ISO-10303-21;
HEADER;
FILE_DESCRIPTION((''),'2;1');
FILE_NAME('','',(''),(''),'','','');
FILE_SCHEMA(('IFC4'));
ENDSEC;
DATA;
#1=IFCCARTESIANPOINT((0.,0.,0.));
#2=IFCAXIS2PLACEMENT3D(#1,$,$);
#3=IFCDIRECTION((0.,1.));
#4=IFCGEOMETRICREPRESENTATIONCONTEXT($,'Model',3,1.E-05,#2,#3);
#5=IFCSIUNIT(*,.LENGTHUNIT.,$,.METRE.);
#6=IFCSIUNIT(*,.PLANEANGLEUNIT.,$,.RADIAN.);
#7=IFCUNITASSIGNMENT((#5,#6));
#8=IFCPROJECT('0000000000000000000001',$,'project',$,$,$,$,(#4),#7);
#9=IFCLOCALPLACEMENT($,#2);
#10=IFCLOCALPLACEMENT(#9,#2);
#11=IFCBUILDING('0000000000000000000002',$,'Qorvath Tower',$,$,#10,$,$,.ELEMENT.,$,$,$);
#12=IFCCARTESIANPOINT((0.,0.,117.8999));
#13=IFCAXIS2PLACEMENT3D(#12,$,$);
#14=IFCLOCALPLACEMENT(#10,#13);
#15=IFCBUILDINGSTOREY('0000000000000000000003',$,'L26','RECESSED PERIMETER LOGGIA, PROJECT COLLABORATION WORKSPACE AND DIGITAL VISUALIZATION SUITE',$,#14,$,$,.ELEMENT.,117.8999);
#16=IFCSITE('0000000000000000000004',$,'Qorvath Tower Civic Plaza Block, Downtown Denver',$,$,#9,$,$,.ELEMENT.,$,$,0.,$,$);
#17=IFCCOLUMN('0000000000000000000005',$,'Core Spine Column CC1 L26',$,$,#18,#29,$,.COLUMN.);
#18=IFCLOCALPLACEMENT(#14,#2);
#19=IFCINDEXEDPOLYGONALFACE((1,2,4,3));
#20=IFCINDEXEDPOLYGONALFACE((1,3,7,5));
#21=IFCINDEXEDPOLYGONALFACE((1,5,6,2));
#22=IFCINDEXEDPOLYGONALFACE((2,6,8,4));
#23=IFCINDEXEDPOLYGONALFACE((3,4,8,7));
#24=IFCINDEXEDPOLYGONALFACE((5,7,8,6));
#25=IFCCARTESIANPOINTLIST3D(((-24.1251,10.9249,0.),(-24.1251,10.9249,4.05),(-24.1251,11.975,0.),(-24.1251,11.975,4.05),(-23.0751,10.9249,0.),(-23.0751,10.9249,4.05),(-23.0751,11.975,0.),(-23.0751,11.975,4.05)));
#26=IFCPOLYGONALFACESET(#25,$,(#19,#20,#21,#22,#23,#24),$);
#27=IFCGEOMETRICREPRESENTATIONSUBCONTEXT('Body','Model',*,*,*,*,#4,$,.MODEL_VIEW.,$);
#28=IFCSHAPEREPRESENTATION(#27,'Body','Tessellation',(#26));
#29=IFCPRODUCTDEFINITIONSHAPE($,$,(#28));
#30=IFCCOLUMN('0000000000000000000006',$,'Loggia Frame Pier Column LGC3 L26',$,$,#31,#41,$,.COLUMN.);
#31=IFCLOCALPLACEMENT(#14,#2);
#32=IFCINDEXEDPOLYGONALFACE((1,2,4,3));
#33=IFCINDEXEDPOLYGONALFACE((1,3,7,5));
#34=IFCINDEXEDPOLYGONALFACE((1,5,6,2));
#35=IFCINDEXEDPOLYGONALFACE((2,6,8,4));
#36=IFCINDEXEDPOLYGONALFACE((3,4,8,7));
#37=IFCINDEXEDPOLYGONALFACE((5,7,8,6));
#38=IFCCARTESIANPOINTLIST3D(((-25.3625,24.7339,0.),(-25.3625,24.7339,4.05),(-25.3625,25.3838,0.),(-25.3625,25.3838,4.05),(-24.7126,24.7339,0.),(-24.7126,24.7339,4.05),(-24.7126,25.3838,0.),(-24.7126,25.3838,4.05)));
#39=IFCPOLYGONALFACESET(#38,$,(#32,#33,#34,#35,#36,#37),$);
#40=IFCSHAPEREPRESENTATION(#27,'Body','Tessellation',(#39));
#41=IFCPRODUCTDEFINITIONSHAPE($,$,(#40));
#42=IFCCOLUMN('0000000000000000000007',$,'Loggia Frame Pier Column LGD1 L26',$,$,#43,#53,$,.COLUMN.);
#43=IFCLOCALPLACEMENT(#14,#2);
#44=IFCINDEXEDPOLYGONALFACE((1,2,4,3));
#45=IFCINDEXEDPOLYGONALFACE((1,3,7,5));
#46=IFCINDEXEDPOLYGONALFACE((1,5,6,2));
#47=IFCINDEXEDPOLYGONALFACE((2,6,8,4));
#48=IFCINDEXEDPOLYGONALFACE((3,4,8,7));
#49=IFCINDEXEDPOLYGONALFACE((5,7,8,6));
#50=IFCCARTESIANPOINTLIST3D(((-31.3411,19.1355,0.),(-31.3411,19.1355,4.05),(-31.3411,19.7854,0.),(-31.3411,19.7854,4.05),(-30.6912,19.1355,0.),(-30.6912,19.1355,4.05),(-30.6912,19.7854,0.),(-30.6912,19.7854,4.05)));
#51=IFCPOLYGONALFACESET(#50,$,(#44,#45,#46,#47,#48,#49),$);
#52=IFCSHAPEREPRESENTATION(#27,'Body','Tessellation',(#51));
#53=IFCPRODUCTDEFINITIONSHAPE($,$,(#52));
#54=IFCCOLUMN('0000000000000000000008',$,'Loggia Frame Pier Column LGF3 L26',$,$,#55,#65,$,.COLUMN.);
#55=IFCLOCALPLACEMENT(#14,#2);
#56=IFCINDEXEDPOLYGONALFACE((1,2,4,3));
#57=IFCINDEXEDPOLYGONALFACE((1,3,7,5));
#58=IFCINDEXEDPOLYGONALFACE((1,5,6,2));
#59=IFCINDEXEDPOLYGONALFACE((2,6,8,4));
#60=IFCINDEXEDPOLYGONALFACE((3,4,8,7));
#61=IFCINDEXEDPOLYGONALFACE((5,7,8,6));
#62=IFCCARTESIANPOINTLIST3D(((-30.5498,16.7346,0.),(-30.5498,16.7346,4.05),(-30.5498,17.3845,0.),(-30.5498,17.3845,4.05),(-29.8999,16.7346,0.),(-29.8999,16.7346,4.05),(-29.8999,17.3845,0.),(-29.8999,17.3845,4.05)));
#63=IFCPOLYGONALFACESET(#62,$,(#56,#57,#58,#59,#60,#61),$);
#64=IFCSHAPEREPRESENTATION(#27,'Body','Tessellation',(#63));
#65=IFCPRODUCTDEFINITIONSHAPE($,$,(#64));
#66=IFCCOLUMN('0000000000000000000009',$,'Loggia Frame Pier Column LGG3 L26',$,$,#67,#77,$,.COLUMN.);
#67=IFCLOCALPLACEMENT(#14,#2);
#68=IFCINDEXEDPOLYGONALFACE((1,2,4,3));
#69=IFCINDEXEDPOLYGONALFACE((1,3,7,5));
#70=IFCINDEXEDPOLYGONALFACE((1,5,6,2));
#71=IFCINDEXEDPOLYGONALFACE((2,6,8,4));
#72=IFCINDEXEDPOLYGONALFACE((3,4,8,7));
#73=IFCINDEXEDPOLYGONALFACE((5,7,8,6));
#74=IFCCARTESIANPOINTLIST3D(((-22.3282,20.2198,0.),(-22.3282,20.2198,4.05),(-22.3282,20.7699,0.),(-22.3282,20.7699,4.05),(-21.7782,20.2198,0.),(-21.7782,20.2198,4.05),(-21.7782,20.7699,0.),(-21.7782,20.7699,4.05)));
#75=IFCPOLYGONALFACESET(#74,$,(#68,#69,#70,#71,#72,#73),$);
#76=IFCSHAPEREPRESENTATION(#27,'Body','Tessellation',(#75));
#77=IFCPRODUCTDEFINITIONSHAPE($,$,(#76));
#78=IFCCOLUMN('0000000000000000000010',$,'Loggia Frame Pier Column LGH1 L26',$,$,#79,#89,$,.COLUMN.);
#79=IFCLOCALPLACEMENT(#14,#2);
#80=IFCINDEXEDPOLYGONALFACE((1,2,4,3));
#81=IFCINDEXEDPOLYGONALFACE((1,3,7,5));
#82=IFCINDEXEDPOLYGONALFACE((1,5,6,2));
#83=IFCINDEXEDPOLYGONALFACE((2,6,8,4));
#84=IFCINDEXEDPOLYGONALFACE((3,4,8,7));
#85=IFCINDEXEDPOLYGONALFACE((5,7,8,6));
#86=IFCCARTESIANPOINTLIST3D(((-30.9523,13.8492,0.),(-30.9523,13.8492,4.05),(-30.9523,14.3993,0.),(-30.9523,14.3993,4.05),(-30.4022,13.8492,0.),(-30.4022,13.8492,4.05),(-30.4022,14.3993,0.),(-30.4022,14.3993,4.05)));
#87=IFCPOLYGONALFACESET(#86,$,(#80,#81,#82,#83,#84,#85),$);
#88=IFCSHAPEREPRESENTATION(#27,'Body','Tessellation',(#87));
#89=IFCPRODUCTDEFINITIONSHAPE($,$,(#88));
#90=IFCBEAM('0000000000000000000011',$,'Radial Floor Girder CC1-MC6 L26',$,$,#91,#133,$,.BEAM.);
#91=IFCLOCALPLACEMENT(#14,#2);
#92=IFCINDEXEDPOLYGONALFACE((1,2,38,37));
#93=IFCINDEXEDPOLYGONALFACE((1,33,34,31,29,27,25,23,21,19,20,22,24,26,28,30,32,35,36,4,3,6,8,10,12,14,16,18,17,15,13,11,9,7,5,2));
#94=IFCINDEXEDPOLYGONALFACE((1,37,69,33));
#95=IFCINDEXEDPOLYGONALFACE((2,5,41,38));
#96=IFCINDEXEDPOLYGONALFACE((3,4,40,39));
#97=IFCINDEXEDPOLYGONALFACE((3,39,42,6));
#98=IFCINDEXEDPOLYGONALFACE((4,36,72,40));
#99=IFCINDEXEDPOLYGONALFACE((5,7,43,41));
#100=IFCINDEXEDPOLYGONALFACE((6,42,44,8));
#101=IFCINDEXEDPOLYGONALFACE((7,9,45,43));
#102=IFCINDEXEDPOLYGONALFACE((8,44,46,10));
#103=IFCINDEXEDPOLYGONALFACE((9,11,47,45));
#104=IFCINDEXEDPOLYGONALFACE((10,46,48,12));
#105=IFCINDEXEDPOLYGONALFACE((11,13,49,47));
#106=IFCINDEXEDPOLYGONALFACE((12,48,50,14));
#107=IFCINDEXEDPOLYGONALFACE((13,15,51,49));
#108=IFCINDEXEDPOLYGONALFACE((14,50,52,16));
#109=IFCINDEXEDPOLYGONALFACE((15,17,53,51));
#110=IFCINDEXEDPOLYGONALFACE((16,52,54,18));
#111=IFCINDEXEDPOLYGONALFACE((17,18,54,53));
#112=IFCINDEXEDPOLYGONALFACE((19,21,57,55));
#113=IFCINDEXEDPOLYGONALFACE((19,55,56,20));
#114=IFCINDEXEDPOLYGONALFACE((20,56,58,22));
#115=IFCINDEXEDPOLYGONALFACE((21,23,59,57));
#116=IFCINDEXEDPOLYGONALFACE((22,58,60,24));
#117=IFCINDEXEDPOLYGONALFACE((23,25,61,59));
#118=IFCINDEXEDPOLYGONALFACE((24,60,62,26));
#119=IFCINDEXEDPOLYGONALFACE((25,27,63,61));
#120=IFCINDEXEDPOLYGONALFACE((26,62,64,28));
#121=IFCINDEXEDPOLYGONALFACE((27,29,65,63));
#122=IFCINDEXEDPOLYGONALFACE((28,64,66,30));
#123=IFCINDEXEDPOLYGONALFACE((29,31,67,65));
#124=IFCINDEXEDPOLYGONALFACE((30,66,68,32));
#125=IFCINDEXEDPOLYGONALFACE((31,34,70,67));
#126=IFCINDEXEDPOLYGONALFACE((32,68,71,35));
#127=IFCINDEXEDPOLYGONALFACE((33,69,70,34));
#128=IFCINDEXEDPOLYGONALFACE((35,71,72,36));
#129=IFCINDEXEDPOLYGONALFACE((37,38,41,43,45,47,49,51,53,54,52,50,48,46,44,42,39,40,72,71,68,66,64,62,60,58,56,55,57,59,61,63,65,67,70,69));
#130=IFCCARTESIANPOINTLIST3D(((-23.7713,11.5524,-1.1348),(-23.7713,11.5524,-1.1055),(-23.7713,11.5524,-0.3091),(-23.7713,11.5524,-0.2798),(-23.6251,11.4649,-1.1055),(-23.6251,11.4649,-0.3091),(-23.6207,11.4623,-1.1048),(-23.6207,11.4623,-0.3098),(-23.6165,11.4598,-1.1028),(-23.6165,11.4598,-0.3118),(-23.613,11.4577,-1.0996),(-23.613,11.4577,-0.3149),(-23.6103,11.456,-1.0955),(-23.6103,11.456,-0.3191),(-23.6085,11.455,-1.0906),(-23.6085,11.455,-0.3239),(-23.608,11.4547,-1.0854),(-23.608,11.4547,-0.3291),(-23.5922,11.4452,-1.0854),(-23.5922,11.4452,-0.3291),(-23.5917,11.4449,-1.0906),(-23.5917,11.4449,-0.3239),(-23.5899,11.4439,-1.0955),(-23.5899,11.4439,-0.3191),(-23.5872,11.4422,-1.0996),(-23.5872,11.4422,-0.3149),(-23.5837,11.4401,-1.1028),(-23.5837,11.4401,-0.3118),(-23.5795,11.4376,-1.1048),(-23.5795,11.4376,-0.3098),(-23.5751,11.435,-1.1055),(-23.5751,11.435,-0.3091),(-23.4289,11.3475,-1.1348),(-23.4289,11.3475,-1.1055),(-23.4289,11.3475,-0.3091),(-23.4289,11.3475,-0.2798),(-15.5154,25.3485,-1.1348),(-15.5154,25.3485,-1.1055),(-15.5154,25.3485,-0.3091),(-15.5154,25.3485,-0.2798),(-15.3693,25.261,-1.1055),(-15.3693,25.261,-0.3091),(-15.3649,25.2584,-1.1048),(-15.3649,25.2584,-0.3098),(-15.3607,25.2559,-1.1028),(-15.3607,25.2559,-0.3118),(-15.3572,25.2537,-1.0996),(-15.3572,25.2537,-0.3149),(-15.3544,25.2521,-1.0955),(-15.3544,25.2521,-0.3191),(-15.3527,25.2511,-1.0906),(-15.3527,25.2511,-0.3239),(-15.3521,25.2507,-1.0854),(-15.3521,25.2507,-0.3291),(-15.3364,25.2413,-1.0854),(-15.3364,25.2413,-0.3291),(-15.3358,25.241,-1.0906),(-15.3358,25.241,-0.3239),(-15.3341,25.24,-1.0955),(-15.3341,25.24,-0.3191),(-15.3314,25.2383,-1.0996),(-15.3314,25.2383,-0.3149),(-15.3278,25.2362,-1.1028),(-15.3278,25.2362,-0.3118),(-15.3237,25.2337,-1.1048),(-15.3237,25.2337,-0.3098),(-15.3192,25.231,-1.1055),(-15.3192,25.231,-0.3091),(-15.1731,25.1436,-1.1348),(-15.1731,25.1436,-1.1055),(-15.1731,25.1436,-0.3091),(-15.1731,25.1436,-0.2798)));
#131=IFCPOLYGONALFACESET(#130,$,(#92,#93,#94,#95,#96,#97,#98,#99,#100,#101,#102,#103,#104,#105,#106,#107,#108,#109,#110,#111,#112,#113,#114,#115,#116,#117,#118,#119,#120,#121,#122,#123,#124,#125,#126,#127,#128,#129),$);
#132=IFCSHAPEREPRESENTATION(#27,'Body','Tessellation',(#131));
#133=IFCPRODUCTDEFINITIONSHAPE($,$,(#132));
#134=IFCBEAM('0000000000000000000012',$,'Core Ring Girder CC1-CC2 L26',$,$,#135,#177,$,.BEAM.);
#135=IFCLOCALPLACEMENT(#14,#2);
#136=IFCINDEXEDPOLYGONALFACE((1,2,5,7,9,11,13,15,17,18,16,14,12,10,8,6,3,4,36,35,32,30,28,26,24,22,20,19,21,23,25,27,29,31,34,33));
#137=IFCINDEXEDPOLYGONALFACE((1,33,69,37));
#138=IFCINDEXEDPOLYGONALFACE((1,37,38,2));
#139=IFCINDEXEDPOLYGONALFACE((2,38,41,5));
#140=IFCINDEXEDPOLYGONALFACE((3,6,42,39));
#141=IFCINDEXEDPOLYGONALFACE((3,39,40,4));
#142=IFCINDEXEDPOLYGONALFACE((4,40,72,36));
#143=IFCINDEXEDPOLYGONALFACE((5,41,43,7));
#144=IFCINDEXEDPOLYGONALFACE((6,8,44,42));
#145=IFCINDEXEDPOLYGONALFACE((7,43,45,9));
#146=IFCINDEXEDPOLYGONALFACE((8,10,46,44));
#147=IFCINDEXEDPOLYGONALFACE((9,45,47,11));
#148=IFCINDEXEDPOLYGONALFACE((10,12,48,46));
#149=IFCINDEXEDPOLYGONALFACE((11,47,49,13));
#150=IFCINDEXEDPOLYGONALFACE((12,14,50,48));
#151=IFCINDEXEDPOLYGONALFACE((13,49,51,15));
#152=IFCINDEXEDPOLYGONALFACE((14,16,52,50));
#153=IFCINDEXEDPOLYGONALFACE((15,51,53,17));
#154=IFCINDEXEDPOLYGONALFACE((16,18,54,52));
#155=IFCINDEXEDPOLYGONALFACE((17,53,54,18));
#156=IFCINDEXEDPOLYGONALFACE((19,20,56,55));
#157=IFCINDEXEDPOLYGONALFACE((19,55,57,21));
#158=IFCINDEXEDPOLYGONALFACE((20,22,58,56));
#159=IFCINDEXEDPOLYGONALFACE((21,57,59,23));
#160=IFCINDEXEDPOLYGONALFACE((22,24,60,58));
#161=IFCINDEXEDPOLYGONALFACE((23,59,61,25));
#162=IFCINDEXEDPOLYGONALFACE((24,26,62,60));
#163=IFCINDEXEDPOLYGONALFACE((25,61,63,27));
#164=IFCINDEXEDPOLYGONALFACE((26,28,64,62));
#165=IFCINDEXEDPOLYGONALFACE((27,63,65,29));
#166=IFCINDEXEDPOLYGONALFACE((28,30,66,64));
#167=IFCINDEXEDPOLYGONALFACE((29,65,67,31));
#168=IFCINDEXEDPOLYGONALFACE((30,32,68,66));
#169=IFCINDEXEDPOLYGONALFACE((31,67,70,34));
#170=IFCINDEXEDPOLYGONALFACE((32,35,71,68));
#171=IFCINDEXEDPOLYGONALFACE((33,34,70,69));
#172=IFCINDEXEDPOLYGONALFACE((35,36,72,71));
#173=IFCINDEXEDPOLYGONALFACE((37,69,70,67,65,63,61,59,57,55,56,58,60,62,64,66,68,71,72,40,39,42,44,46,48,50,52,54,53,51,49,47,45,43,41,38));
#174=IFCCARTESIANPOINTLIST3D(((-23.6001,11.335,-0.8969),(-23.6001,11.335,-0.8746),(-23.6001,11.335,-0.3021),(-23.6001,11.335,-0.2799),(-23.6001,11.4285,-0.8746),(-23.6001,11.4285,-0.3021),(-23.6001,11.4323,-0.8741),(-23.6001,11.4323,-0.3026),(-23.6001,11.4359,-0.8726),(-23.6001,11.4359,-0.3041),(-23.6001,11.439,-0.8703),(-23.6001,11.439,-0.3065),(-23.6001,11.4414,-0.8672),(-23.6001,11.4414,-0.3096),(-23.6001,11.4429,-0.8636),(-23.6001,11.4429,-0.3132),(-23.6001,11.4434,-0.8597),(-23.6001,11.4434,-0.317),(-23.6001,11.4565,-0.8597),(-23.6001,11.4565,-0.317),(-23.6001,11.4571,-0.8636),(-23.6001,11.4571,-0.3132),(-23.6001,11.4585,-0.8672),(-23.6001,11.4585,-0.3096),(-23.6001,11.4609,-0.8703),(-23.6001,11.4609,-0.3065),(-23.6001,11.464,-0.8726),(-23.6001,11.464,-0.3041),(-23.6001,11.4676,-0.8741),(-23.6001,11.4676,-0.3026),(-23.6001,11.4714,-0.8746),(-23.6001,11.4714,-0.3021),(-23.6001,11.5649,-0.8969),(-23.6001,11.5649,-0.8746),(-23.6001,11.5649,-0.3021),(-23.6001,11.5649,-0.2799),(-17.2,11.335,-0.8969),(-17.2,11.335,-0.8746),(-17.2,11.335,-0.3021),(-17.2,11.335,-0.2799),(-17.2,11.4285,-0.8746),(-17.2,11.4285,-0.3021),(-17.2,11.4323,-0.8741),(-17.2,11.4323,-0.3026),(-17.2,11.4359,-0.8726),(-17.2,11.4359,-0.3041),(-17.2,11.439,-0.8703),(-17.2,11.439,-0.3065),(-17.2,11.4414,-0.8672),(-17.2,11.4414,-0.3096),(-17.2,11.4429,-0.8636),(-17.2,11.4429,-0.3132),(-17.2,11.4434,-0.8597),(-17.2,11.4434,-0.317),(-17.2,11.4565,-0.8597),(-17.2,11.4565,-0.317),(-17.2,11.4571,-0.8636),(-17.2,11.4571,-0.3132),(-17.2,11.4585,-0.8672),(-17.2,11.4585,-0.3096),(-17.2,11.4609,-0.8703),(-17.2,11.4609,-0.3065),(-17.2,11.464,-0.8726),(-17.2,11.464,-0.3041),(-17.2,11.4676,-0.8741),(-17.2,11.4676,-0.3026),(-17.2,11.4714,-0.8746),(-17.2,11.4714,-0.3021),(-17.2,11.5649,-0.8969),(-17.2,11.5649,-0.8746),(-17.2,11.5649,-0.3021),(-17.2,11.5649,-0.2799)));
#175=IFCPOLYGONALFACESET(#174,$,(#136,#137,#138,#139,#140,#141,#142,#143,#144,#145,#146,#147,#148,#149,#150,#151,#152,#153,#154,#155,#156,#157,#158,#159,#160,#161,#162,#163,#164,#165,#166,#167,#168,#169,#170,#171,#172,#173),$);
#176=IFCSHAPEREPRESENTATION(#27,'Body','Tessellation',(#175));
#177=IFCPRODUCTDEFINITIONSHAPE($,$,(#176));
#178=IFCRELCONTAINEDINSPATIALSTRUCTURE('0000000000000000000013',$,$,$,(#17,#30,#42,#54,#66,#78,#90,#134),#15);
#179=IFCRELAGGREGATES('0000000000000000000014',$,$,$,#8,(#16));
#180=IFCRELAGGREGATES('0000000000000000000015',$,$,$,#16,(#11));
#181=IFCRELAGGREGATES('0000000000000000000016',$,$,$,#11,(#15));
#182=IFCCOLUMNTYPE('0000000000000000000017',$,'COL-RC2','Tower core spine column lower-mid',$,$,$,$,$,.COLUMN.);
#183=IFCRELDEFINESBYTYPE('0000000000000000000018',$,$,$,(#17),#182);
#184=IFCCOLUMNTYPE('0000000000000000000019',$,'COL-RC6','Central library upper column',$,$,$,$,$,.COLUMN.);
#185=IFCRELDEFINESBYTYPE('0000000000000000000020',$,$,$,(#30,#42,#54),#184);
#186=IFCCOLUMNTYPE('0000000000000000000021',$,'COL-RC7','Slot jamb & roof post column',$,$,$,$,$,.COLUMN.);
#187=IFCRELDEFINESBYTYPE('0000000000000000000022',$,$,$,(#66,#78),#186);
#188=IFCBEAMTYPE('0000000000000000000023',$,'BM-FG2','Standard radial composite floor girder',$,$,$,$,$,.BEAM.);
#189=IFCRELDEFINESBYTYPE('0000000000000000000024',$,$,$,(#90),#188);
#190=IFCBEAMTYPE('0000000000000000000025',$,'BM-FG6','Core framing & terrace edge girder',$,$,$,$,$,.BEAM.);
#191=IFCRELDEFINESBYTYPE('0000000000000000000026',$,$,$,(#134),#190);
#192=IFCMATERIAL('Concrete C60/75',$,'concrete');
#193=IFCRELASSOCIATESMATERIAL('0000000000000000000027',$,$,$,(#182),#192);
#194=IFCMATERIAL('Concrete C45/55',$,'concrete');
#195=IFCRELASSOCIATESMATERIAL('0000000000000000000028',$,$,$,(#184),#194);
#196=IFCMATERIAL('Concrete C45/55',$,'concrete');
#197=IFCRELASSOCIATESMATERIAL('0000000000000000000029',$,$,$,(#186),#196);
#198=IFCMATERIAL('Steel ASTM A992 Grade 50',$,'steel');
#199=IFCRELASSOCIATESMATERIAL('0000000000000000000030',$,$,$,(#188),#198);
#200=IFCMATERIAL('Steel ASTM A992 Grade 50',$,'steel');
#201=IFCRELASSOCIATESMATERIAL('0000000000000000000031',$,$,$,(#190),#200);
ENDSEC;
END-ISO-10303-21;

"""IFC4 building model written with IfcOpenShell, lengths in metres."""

from ifc_helpers import new_model, si_unit, direction, frame, origin, origin_2d, place, context, subcontext, project, spatial, rectangle, i_section, extrude, material, material_profile, profile_set, type_object, element, save


model = new_model("IFC4")

# Units and contexts
model_context = context("Model", 3, precision=1e-05, world=origin(), true_north=direction((0.0, 1.0)))
body_context = subcontext(model_context, "Body", "Model", "MODEL_VIEW")
ifc_project = project(units=[si_unit("LENGTHUNIT", "METRE"), si_unit("PLANEANGLEUNIT", "RADIAN")], contexts=[model_context])

# Site, building, storey
site_placement = place(None, origin())
site = spatial("IfcSite", under=ifc_project, at=site_placement, Name="Qorvath Tower Civic Plaza Block, Downtown Denver", CompositionType="ELEMENT", RefElevation=0.0)
building_placement = place(site_placement, origin())
building = spatial("IfcBuilding", under=site, at=building_placement, Name="Qorvath Tower", CompositionType="ELEMENT")
storey_placement = place(building_placement, frame((0.0, 0.0, 117.8999)))
storey = spatial("IfcBuildingStorey", under=building, at=storey_placement, Name="L26", Description="RECESSED PERIMETER LOGGIA, PROJECT COLLABORATION WORKSPACE AND DIGITAL VISUALIZATION SUITE", CompositionType="ELEMENT", Elevation=117.8999)

# Columns
ifc_material_1 = material(Name="Concrete C60/75", Category="concrete")
ifc_material_profile_1 = material_profile(ifc_material_1, rectangle(XDim=1.05, YDim=1.05, at=origin_2d()), Name="RC 1050x1050")
ifc_profile_set_1 = profile_set([ifc_material_profile_1], Name="Concrete C60/75")
column_type_1 = type_object("IfcColumnType", Name="COL-RC2", Description="Tower core spine column lower-mid", PredefinedType="COLUMN", material=ifc_profile_set_1)
column_placement = place(storey_placement, frame((-23.6001, 11.45, 0.0), z_axis=(0.0, 0.0, 1.0), x_axis=(1.0, 0.0, 0.0)))
element("IfcColumn", 1, at=column_placement, inside=storey, type_object=column_type_1, Name="Core Spine Column CC1 L26", PredefinedType="COLUMN", context=body_context, shape_type="SweptSolid", body=[
    extrude(rectangle(XDim=1.05, YDim=1.05, at=origin_2d()), origin(), (0.0, 0.0, 1.0), 4.05),
])
ifc_material_2 = material(Name="Concrete C45/55", Category="concrete")
ifc_material_profile_2 = material_profile(ifc_material_2, rectangle(XDim=0.6499, YDim=0.6499, at=origin_2d()), Name="RC 650x650")
ifc_profile_set_2 = profile_set([ifc_material_profile_2], Name="Concrete C45/55")
column_type_2 = type_object("IfcColumnType", Name="COL-RC6", Description="Central library upper column", PredefinedType="COLUMN", material=ifc_profile_set_2)
for number, where, z_axis, x_axis, name in (
    (2, (-25.0376, 25.0588, 0.0), (0.0, 0.0, 1.0), (1.0, 0.0, 0.0), "Loggia Frame Pier Column LGC3 L26"),
    (3, (-31.0161, 19.4604, 0.0), (0.0, 0.0, 1.0), (1.0, 0.0, 0.0), "Loggia Frame Pier Column LGD1 L26"),
    (4, (-30.2249, 17.0596, 0.0), (0.0, 0.0, 1.0), (1.0, 0.0, 0.0), "Loggia Frame Pier Column LGF3 L26"),
):
    element("IfcColumn", number, at=place(storey_placement, frame(where, z_axis=z_axis, x_axis=x_axis)), inside=storey, type_object=column_type_2, Name=name, PredefinedType="COLUMN", context=body_context, shape_type="SweptSolid", body=[
        extrude(rectangle(XDim=0.6499, YDim=0.6499, at=origin_2d()), origin(), (0.0, 0.0, 1.0), 4.05),
    ])
ifc_material_3 = material(Name="Concrete C45/55", Category="concrete")
ifc_material_profile_3 = material_profile(ifc_material_3, rectangle(XDim=0.55, YDim=0.55, at=origin_2d()), Name="RC 550x550")
ifc_profile_set_3 = profile_set([ifc_material_profile_3], Name="Concrete C45/55")
column_type_3 = type_object("IfcColumnType", Name="COL-RC7", Description="Slot jamb & roof post column", PredefinedType="COLUMN", material=ifc_profile_set_3)
for number, where, z_axis, x_axis, name in (
    (5, (-22.0532, 20.4949, 0.0), (0.0, 0.0, 1.0), (1.0, 0.0, 0.0), "Loggia Frame Pier Column LGG3 L26"),
    (6, (-30.6772, 14.1243, 0.0), (0.0, 0.0, 1.0), (1.0, 0.0, 0.0), "Loggia Frame Pier Column LGH1 L26"),
):
    element("IfcColumn", number, at=place(storey_placement, frame(where, z_axis=z_axis, x_axis=x_axis)), inside=storey, type_object=column_type_3, Name=name, PredefinedType="COLUMN", context=body_context, shape_type="SweptSolid", body=[
        extrude(rectangle(XDim=0.55, YDim=0.55, at=origin_2d()), origin(), (0.0, 0.0, 1.0), 4.05),
    ])

# Beams
ifc_material_4 = material(Name="Steel ASTM A992 Grade 50", Category="steel")
ifc_material_profile_4 = material_profile(ifc_material_4, i_section(OverallWidth=0.3989, OverallDepth=0.855, WebThickness=0.0183, FlangeThickness=0.0293, FilletRadius=0.02, at=origin_2d()), Name="W33x201")
ifc_profile_set_4 = profile_set([ifc_material_profile_4], Name="Steel ASTM A992 Grade 50")
beam_type_1 = type_object("IfcBeamType", Name="BM-FG2", Description="Standard radial composite floor girder", PredefinedType="BEAM", material=ifc_profile_set_4)
beam_1_placement = place(storey_placement, frame((-23.6001, 11.45, -0.7073), z_axis=(0.513497, 0.858091, 0.0), x_axis=(-0.858091, 0.513497, 0.0)))
element("IfcBeam", 7, at=beam_1_placement, inside=storey, type_object=beam_type_1, Name="Radial Floor Girder CC1-MC6 L26", PredefinedType="BEAM", context=body_context, shape_type="SweptSolid", body=[
    extrude(i_section(OverallWidth=0.3989, OverallDepth=0.855, WebThickness=0.0183, FlangeThickness=0.0293, FilletRadius=0.02, at=origin_2d()), origin(), (0.0, 0.0, 1.0), 16.0776),
])
ifc_material_5 = material(Name="Steel ASTM A992 Grade 50", Category="steel")
ifc_material_profile_5 = material_profile(ifc_material_5, i_section(OverallWidth=0.23, OverallDepth=0.6169, WebThickness=0.0132, FlangeThickness=0.0222, FilletRadius=0.0149, at=origin_2d()), Name="W24x94")
ifc_profile_set_5 = profile_set([ifc_material_profile_5], Name="Steel ASTM A992 Grade 50")
beam_type_2 = type_object("IfcBeamType", Name="BM-FG6", Description="Core framing & terrace edge girder", PredefinedType="BEAM", material=ifc_profile_set_5)
beam_2_placement = place(storey_placement, frame((-23.6001, 11.45, -0.5884), z_axis=(1.0, 0.0, 0.0), x_axis=(0.0, 1.0, 0.0)))
element("IfcBeam", 8, at=beam_2_placement, inside=storey, type_object=beam_type_2, Name="Core Ring Girder CC1-CC2 L26", PredefinedType="BEAM", context=body_context, shape_type="SweptSolid", body=[
    extrude(i_section(OverallWidth=0.23, OverallDepth=0.6169, WebThickness=0.0132, FlangeThickness=0.0222, FilletRadius=0.0149, at=origin_2d()), origin(), (0.0, 0.0, 1.0), 6.4001),
])

save(model, "model.ifc")
